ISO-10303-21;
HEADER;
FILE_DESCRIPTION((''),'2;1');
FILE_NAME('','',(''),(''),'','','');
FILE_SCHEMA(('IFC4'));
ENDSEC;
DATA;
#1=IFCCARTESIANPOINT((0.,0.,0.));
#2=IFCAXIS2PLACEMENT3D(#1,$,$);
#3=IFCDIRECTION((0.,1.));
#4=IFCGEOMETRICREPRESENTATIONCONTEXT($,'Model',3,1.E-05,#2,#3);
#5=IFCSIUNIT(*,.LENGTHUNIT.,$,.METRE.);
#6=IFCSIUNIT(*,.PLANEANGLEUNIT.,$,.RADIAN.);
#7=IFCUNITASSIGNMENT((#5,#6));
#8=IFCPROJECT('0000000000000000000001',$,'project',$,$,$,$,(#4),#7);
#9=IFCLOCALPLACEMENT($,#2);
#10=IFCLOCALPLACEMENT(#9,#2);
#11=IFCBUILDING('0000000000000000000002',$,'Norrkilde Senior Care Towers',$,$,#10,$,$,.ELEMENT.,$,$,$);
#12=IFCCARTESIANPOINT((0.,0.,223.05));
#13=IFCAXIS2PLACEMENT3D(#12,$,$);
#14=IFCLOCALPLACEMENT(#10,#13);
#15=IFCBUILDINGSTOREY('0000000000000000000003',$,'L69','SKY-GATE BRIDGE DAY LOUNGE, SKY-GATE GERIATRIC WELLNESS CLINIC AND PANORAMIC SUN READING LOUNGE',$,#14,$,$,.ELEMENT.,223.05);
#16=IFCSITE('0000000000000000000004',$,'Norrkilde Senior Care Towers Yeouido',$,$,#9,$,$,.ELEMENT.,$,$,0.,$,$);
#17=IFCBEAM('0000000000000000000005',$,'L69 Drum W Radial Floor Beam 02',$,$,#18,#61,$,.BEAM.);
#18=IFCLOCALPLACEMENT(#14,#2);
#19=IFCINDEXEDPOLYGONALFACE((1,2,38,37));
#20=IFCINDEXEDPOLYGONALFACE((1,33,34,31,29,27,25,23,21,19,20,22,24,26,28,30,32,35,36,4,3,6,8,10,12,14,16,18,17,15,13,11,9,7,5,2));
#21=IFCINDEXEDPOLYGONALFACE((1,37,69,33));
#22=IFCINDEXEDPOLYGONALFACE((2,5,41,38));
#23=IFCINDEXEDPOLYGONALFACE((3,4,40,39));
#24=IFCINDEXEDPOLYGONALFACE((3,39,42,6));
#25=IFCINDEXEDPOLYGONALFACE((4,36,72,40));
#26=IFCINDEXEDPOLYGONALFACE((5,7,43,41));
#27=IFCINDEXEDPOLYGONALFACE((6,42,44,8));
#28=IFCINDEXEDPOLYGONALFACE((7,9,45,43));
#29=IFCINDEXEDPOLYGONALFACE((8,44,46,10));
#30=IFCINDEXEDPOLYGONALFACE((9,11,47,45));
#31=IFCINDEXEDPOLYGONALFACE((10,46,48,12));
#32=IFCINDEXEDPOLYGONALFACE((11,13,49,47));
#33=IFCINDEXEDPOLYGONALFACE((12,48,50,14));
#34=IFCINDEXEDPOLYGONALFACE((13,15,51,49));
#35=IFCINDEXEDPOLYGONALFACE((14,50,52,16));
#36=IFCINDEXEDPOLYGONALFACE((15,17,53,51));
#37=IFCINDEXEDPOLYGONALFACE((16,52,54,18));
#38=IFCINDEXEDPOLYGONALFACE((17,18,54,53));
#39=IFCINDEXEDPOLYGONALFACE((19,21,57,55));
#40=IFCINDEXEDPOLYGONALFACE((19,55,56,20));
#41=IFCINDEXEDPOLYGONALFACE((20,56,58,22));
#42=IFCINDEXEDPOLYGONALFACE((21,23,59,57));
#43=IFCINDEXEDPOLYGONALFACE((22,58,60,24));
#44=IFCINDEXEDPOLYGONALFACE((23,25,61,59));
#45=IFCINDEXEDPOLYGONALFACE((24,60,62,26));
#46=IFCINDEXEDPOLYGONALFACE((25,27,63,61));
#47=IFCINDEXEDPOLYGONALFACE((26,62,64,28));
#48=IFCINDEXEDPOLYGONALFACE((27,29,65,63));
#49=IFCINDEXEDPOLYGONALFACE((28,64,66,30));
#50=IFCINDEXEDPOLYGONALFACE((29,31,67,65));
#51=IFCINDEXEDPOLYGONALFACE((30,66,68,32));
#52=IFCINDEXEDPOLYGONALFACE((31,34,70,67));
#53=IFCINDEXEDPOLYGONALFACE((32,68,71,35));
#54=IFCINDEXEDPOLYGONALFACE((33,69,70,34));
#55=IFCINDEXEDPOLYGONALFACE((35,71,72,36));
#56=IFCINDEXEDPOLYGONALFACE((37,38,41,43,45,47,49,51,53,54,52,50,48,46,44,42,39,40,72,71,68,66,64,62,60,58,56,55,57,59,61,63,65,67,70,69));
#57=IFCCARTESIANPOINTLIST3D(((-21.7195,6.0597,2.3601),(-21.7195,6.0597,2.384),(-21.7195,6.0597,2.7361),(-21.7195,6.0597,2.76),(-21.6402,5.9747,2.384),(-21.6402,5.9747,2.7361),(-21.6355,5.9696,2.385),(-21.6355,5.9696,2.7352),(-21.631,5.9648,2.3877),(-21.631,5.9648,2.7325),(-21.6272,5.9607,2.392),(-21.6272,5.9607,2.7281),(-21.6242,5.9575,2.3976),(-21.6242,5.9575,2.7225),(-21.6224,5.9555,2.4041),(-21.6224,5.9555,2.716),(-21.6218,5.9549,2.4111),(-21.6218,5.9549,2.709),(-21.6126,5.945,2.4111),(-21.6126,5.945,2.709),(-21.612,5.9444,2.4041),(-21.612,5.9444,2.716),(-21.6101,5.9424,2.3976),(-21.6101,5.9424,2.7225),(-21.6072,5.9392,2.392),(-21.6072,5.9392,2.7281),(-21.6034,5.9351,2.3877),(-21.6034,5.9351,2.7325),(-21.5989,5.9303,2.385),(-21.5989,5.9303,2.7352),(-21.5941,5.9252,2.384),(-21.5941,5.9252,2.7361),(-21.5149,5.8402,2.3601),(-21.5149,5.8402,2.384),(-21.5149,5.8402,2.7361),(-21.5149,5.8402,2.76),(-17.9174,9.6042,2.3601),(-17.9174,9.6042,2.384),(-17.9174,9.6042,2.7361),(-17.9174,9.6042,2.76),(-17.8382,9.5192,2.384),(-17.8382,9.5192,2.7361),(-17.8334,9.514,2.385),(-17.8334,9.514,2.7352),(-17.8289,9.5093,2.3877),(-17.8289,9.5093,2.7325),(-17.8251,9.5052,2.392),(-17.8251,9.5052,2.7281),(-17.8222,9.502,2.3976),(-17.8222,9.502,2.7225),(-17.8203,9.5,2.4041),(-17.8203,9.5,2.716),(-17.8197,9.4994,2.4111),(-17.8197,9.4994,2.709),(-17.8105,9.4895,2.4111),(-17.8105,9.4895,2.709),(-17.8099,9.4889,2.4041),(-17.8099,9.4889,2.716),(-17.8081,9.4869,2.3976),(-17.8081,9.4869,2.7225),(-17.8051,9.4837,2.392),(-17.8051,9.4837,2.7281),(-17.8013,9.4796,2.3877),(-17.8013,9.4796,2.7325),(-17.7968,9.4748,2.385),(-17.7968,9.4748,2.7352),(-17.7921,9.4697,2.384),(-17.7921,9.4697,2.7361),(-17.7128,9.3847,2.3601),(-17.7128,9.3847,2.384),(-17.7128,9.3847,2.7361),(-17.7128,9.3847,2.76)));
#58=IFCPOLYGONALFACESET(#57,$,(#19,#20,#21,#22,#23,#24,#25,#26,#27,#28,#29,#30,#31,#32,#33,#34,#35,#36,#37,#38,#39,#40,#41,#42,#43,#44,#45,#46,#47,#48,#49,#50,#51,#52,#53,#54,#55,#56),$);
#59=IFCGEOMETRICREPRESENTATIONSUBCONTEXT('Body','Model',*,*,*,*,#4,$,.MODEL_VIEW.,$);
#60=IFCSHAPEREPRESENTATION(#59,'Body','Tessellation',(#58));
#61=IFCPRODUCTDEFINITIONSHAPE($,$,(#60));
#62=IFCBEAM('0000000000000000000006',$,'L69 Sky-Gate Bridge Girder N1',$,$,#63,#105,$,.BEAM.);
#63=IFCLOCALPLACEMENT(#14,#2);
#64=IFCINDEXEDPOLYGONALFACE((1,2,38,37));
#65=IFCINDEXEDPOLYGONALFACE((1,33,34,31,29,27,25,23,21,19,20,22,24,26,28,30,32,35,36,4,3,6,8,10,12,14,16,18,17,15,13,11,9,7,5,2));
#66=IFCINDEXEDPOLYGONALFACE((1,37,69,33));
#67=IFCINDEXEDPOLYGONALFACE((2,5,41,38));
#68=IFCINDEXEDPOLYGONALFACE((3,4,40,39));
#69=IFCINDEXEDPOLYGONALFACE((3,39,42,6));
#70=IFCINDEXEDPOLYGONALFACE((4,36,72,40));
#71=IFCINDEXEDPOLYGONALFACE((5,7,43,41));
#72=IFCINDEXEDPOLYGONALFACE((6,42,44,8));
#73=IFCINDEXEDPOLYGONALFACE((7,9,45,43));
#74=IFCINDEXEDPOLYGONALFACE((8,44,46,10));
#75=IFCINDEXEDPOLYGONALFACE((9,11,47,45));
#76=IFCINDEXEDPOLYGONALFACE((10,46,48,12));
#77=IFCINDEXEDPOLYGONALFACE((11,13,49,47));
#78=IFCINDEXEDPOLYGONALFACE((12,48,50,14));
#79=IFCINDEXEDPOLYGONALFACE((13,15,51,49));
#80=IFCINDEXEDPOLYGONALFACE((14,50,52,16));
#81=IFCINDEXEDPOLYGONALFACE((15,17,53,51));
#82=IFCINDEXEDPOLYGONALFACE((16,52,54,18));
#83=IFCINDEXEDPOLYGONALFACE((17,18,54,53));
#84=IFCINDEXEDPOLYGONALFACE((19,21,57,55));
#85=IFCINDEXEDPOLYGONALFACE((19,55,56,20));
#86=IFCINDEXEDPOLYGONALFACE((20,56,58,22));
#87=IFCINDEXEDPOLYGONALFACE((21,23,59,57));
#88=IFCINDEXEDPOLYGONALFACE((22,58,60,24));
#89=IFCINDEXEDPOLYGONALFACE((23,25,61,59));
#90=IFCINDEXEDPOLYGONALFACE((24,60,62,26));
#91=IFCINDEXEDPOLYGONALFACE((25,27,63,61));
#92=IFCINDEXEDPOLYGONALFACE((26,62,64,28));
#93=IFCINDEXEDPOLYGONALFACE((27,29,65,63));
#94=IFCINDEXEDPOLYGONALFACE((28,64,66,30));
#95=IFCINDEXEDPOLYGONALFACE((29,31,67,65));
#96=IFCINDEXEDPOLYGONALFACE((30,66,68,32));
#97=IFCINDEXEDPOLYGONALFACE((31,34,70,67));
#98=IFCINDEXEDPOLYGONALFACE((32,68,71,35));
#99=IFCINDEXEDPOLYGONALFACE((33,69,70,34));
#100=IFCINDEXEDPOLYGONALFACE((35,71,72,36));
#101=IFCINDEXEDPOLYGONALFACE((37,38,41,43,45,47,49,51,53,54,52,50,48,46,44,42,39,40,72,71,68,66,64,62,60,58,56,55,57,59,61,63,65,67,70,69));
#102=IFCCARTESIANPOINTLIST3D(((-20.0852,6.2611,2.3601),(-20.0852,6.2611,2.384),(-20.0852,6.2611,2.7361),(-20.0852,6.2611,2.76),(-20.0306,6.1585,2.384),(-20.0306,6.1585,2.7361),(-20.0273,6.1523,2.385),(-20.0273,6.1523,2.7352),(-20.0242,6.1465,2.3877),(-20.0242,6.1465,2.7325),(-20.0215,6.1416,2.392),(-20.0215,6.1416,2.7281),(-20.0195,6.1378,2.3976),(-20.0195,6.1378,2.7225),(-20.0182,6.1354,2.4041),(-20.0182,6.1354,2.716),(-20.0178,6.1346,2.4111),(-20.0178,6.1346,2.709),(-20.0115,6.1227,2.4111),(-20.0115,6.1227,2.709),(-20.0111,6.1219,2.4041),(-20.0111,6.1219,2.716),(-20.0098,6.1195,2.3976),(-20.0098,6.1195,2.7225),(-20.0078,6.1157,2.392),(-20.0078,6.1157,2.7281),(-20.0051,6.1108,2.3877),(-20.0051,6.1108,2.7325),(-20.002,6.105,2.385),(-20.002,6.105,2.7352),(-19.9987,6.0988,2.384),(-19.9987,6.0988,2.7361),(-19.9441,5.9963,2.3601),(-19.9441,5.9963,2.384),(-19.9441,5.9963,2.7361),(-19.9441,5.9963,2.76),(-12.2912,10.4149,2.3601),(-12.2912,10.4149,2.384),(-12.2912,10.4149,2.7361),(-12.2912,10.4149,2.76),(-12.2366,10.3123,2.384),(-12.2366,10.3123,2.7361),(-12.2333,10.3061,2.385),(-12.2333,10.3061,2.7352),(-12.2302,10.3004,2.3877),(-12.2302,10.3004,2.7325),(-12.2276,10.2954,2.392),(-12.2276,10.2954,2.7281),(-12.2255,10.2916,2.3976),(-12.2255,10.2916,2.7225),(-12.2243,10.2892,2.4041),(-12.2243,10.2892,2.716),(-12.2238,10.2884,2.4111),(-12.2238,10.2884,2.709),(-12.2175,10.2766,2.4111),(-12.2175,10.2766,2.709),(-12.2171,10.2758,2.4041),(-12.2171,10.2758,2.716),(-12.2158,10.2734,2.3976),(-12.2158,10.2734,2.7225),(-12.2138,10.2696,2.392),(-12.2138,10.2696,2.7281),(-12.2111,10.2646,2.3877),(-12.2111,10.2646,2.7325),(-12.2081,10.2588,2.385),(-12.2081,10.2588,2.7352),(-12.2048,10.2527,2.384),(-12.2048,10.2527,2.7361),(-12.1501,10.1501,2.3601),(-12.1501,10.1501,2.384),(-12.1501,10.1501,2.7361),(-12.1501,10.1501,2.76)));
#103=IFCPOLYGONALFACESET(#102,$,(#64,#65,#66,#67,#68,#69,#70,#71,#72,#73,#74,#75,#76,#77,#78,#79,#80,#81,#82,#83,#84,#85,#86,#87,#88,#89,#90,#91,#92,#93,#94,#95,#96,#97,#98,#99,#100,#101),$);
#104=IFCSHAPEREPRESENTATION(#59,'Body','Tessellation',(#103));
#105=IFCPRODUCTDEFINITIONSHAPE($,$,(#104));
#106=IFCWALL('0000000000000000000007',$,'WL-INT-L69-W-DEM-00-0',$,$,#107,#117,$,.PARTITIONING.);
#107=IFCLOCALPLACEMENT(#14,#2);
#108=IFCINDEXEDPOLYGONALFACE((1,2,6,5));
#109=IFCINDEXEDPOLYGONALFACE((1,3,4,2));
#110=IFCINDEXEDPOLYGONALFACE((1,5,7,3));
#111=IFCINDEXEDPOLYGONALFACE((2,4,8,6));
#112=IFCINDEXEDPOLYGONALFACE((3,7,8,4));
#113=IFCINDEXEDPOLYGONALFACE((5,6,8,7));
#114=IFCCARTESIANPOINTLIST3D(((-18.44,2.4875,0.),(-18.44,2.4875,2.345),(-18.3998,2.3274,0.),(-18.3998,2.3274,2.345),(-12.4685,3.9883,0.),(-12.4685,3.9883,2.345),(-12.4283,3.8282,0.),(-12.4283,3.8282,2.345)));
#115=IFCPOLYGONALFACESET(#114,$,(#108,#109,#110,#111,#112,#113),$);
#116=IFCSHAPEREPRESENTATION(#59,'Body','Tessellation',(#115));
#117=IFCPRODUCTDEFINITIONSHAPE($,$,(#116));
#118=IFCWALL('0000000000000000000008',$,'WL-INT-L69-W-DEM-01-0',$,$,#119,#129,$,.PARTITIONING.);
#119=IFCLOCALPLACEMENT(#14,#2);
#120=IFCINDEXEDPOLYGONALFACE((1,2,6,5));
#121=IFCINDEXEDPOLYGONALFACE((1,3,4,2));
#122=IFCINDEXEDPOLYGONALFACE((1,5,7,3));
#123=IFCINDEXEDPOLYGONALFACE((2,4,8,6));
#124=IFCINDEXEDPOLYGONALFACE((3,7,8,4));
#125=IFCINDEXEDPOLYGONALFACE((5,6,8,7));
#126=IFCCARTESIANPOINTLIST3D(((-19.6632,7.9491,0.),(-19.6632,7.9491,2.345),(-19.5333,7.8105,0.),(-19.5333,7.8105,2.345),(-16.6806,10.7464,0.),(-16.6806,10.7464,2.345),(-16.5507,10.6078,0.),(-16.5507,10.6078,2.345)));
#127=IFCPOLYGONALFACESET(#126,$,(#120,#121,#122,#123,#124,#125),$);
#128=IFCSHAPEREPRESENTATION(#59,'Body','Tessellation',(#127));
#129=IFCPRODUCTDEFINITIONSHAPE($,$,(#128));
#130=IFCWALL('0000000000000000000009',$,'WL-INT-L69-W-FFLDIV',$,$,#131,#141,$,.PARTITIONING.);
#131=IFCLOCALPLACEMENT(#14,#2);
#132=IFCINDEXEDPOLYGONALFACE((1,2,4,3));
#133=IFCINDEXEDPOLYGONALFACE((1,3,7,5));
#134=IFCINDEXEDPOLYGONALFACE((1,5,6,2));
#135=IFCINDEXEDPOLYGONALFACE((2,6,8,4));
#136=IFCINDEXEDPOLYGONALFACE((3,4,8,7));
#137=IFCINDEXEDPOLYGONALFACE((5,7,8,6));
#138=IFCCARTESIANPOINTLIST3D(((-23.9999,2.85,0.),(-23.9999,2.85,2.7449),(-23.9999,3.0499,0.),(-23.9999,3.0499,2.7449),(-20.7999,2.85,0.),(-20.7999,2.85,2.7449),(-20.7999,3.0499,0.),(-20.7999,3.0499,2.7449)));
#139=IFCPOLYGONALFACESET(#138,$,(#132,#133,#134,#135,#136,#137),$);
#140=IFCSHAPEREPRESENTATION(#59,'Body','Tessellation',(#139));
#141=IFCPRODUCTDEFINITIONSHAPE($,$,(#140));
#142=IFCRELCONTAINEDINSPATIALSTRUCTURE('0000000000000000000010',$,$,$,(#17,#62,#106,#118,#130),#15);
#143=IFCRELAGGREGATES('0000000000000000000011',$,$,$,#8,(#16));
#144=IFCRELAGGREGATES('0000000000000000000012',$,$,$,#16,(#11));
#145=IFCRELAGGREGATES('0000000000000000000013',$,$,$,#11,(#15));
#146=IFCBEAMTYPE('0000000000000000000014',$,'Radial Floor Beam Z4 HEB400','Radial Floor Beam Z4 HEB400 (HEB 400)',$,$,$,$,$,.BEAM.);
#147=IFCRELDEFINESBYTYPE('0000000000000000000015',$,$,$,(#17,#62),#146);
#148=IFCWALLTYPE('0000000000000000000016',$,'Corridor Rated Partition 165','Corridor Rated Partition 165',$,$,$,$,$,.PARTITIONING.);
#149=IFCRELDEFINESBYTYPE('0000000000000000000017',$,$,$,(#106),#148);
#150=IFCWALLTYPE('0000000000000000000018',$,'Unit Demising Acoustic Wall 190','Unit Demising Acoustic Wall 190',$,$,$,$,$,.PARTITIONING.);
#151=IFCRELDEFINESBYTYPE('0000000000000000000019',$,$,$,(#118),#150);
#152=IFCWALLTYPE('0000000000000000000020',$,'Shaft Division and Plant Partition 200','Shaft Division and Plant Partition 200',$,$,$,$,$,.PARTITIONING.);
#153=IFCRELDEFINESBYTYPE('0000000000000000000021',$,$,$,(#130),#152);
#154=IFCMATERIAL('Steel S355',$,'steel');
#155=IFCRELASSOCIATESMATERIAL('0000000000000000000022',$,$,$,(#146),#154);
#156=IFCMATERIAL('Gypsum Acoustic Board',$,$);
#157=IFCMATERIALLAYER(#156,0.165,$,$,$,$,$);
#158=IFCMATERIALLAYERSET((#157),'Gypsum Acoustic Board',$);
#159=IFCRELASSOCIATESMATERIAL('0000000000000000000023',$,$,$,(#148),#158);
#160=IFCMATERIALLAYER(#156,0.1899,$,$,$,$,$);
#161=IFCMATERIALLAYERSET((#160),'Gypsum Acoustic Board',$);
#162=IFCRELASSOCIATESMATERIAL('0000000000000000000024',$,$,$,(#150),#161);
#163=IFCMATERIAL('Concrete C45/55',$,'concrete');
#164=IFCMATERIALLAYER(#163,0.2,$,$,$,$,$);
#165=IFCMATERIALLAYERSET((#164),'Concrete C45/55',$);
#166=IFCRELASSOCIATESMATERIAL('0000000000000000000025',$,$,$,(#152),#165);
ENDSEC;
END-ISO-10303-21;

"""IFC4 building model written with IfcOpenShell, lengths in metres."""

from ifc_helpers import new_model, si_unit, direction, frame, frame_2d, origin, origin_2d, place, context, subcontext, project, spatial, rectangle, i_section, extrude, source, transform, mapped, material, layer, layer_set, material_profile, profile_set, type_object, type_shapes, element, save


model = new_model("IFC4")

# Units and contexts
model_context = context("Model", 3, precision=1e-05, world=origin(), true_north=direction((0.0, 1.0)))
body_context = subcontext(model_context, "Body", "Model", "MODEL_VIEW")
ifc_project = project(units=[si_unit("LENGTHUNIT", "METRE"), si_unit("PLANEANGLEUNIT", "RADIAN")], contexts=[model_context])

# Site, building, storey
site_placement = place(None, origin())
site = spatial("IfcSite", under=ifc_project, at=site_placement, Name="Norrkilde Senior Care Towers Yeouido", CompositionType="ELEMENT", RefElevation=0.0)
building_placement = place(site_placement, origin())
building = spatial("IfcBuilding", under=site, at=building_placement, Name="Norrkilde Senior Care Towers", CompositionType="ELEMENT")
storey_placement = place(building_placement, frame((0.0, 0.0, 223.05)))
storey = spatial("IfcBuildingStorey", under=building, at=storey_placement, Name="L69", Description="SKY-GATE BRIDGE DAY LOUNGE, SKY-GATE GERIATRIC WELLNESS CLINIC AND PANORAMIC SUN READING LOUNGE", CompositionType="ELEMENT", Elevation=223.05)

# Beams
ifc_material_1 = material(Name="Steel S355", Category="steel")
ifc_material_profile_1 = material_profile(ifc_material_1, i_section(OverallWidth=0.3, OverallDepth=0.3999, WebThickness=0.0134, FlangeThickness=0.0239, FilletRadius=0.0271, at=origin_2d()), Name="HEB 400")
ifc_profile_set_1 = profile_set([ifc_material_profile_1], Name="Steel S355")
beam_type_1 = type_object("IfcBeamType", Name="Radial Floor Beam Z4 HEB400", Description="Radial Floor Beam Z4 HEB400 (HEB 400)", PredefinedType="BEAM", material=ifc_profile_set_1)
shared_shape_1 = source(origin(), body_context, "Body", "SweptSolid", [
    extrude(i_section(OverallWidth=0.3, OverallDepth=0.3999, WebThickness=0.0134, FlangeThickness=0.0239, FilletRadius=0.0271, at=origin_2d()), origin(), (0.0, 0.0, 1.0), 5.198),
])
beam_1_placement = place(storey_placement, frame((-21.6172, 5.95, 2.5601), z_axis=(0.731449, 0.681896, 0.0), x_axis=(-0.681896, 0.731449, 0.0)))
element("IfcBeam", 1, at=beam_1_placement, inside=storey, type_object=beam_type_1, Name="L69 Drum W Radial Floor Beam 02", PredefinedType="BEAM", context=body_context, shape_type="MappedRepresentation", body=[
    mapped(shared_shape_1, transform((0.0, 0.0, 0.0), x_axis=(1.0, 0.0, 0.0), y_axis=(0.0, 1.0, 0.0), z_axis=(0.0, 0.0, 1.0), scale=1.0)),
])
shared_shape_2 = source(origin(), body_context, "Body", "SweptSolid", [
    extrude(i_section(OverallWidth=0.3, OverallDepth=0.3999, WebThickness=0.0134, FlangeThickness=0.0239, FilletRadius=0.0271, at=origin_2d()), origin(), (0.0, 0.0, 1.0), 8.8318),
])
beam_2_placement = place(storey_placement, frame((-20.0146, 6.1287, 2.5601), z_axis=(0.882492, 0.470327, 0.0), x_axis=(-0.470327, 0.882492, 0.0)))
element("IfcBeam", 2, at=beam_2_placement, inside=storey, type_object=beam_type_1, Name="L69 Sky-Gate Bridge Girder N1", PredefinedType="BEAM", context=body_context, shape_type="MappedRepresentation", body=[
    mapped(shared_shape_2, transform((0.0, 0.0, 0.0), x_axis=(1.0, 0.0, 0.0), y_axis=(0.0, 1.0, 0.0), z_axis=(0.0, 0.0, 1.0), scale=1.0)),
])

# Walls
ifc_material_2 = material(Name="Gypsum Acoustic Board")
ifc_layer_1 = layer(ifc_material_2, 0.165)
ifc_layer_set_1 = layer_set([ifc_layer_1], Name="Gypsum Acoustic Board")
wall_type_1 = type_object("IfcWallType", Name="Corridor Rated Partition 165", Description="Corridor Rated Partition 165", PredefinedType="PARTITIONING", material=ifc_layer_set_1)
shared_shape_3 = source(origin(), body_context, "Body", "SweptSolid", [
    extrude(rectangle(XDim=6.1572, YDim=0.165, at=frame_2d((3.0786, 0.0))), origin(), (0.0, 0.0, 1.0), 2.345),
])
wall_1_placement = place(storey_placement, frame((-18.4199, 2.4075, 0.0), z_axis=(0.0, 0.0, 1.0), x_axis=(0.969841, 0.243739, 0.0)))
element("IfcWall", 3, at=wall_1_placement, inside=storey, type_object=wall_type_1, Name="WL-INT-L69-W-DEM-00-0", PredefinedType="PARTITIONING", context=body_context, shape_type="MappedRepresentation", body=[
    mapped(shared_shape_3, transform((0.0, 0.0, 0.0), x_axis=(1.0, 0.0, 0.0), y_axis=(0.0, 1.0, 0.0), z_axis=(0.0, 0.0, 1.0), scale=1.0)),
])
ifc_layer_2 = layer(ifc_material_2, 0.1899)
ifc_layer_set_2 = layer_set([ifc_layer_2], Name="Gypsum Acoustic Board")
wall_type_2 = type_object("IfcWallType", Name="Unit Demising Acoustic Wall 190", Description="Unit Demising Acoustic Wall 190", PredefinedType="PARTITIONING", material=ifc_layer_set_2)
shared_shape_4 = source(origin(), body_context, "Body", "SweptSolid", [
    extrude(rectangle(XDim=4.0891, YDim=0.1899, at=frame_2d((2.0444, 0.0))), origin(), (0.0, 0.0, 1.0), 2.345),
])
wall_2_placement = place(storey_placement, frame((-19.5981, 7.8799, 0.0), z_axis=(0.0, 0.0, 1.0), x_axis=(0.729401, 0.684086, 0.0)))
element("IfcWall", 4, at=wall_2_placement, inside=storey, type_object=wall_type_2, Name="WL-INT-L69-W-DEM-01-0", PredefinedType="PARTITIONING", context=body_context, shape_type="MappedRepresentation", body=[
    mapped(shared_shape_4, transform((0.0, 0.0, 0.0), x_axis=(1.0, 0.0, 0.0), y_axis=(0.0, 1.0, 0.0), z_axis=(0.0, 0.0, 1.0), scale=1.0)),
])
ifc_material_3 = material(Name="Concrete C45/55", Category="concrete")
ifc_layer_3 = layer(ifc_material_3, 0.2)
ifc_layer_set_3 = layer_set([ifc_layer_3], Name="Concrete C45/55")
wall_type_3 = type_object("IfcWallType", Name="Shaft Division and Plant Partition 200", Description="Shaft Division and Plant Partition 200", PredefinedType="PARTITIONING", material=ifc_layer_set_3)
shared_shape_5 = source(origin(), body_context, "Body", "SweptSolid", [
    extrude(rectangle(XDim=3.2, YDim=0.2, at=frame_2d((1.6001, 0.0))), origin(), (0.0, 0.0, 1.0), 2.7449),
])
type_shapes(wall_type_3, [shared_shape_5])
wall_3_placement = place(storey_placement, frame((-24.0, 2.95, 0.0), z_axis=(0.0, 0.0, 1.0), x_axis=(1.0, 0.0, 0.0)))
element("IfcWall", 5, at=wall_3_placement, inside=storey, type_object=wall_type_3, Name="WL-INT-L69-W-FFLDIV", PredefinedType="PARTITIONING", context=body_context, shape_type="MappedRepresentation", body=[
    mapped(shared_shape_5, transform((0.0, 0.0, 0.0), x_axis=(1.0, 0.0, 0.0), y_axis=(0.0, 1.0, 0.0), z_axis=(0.0, 0.0, 1.0), scale=1.0)),
])

save(model, "model.ifc")
